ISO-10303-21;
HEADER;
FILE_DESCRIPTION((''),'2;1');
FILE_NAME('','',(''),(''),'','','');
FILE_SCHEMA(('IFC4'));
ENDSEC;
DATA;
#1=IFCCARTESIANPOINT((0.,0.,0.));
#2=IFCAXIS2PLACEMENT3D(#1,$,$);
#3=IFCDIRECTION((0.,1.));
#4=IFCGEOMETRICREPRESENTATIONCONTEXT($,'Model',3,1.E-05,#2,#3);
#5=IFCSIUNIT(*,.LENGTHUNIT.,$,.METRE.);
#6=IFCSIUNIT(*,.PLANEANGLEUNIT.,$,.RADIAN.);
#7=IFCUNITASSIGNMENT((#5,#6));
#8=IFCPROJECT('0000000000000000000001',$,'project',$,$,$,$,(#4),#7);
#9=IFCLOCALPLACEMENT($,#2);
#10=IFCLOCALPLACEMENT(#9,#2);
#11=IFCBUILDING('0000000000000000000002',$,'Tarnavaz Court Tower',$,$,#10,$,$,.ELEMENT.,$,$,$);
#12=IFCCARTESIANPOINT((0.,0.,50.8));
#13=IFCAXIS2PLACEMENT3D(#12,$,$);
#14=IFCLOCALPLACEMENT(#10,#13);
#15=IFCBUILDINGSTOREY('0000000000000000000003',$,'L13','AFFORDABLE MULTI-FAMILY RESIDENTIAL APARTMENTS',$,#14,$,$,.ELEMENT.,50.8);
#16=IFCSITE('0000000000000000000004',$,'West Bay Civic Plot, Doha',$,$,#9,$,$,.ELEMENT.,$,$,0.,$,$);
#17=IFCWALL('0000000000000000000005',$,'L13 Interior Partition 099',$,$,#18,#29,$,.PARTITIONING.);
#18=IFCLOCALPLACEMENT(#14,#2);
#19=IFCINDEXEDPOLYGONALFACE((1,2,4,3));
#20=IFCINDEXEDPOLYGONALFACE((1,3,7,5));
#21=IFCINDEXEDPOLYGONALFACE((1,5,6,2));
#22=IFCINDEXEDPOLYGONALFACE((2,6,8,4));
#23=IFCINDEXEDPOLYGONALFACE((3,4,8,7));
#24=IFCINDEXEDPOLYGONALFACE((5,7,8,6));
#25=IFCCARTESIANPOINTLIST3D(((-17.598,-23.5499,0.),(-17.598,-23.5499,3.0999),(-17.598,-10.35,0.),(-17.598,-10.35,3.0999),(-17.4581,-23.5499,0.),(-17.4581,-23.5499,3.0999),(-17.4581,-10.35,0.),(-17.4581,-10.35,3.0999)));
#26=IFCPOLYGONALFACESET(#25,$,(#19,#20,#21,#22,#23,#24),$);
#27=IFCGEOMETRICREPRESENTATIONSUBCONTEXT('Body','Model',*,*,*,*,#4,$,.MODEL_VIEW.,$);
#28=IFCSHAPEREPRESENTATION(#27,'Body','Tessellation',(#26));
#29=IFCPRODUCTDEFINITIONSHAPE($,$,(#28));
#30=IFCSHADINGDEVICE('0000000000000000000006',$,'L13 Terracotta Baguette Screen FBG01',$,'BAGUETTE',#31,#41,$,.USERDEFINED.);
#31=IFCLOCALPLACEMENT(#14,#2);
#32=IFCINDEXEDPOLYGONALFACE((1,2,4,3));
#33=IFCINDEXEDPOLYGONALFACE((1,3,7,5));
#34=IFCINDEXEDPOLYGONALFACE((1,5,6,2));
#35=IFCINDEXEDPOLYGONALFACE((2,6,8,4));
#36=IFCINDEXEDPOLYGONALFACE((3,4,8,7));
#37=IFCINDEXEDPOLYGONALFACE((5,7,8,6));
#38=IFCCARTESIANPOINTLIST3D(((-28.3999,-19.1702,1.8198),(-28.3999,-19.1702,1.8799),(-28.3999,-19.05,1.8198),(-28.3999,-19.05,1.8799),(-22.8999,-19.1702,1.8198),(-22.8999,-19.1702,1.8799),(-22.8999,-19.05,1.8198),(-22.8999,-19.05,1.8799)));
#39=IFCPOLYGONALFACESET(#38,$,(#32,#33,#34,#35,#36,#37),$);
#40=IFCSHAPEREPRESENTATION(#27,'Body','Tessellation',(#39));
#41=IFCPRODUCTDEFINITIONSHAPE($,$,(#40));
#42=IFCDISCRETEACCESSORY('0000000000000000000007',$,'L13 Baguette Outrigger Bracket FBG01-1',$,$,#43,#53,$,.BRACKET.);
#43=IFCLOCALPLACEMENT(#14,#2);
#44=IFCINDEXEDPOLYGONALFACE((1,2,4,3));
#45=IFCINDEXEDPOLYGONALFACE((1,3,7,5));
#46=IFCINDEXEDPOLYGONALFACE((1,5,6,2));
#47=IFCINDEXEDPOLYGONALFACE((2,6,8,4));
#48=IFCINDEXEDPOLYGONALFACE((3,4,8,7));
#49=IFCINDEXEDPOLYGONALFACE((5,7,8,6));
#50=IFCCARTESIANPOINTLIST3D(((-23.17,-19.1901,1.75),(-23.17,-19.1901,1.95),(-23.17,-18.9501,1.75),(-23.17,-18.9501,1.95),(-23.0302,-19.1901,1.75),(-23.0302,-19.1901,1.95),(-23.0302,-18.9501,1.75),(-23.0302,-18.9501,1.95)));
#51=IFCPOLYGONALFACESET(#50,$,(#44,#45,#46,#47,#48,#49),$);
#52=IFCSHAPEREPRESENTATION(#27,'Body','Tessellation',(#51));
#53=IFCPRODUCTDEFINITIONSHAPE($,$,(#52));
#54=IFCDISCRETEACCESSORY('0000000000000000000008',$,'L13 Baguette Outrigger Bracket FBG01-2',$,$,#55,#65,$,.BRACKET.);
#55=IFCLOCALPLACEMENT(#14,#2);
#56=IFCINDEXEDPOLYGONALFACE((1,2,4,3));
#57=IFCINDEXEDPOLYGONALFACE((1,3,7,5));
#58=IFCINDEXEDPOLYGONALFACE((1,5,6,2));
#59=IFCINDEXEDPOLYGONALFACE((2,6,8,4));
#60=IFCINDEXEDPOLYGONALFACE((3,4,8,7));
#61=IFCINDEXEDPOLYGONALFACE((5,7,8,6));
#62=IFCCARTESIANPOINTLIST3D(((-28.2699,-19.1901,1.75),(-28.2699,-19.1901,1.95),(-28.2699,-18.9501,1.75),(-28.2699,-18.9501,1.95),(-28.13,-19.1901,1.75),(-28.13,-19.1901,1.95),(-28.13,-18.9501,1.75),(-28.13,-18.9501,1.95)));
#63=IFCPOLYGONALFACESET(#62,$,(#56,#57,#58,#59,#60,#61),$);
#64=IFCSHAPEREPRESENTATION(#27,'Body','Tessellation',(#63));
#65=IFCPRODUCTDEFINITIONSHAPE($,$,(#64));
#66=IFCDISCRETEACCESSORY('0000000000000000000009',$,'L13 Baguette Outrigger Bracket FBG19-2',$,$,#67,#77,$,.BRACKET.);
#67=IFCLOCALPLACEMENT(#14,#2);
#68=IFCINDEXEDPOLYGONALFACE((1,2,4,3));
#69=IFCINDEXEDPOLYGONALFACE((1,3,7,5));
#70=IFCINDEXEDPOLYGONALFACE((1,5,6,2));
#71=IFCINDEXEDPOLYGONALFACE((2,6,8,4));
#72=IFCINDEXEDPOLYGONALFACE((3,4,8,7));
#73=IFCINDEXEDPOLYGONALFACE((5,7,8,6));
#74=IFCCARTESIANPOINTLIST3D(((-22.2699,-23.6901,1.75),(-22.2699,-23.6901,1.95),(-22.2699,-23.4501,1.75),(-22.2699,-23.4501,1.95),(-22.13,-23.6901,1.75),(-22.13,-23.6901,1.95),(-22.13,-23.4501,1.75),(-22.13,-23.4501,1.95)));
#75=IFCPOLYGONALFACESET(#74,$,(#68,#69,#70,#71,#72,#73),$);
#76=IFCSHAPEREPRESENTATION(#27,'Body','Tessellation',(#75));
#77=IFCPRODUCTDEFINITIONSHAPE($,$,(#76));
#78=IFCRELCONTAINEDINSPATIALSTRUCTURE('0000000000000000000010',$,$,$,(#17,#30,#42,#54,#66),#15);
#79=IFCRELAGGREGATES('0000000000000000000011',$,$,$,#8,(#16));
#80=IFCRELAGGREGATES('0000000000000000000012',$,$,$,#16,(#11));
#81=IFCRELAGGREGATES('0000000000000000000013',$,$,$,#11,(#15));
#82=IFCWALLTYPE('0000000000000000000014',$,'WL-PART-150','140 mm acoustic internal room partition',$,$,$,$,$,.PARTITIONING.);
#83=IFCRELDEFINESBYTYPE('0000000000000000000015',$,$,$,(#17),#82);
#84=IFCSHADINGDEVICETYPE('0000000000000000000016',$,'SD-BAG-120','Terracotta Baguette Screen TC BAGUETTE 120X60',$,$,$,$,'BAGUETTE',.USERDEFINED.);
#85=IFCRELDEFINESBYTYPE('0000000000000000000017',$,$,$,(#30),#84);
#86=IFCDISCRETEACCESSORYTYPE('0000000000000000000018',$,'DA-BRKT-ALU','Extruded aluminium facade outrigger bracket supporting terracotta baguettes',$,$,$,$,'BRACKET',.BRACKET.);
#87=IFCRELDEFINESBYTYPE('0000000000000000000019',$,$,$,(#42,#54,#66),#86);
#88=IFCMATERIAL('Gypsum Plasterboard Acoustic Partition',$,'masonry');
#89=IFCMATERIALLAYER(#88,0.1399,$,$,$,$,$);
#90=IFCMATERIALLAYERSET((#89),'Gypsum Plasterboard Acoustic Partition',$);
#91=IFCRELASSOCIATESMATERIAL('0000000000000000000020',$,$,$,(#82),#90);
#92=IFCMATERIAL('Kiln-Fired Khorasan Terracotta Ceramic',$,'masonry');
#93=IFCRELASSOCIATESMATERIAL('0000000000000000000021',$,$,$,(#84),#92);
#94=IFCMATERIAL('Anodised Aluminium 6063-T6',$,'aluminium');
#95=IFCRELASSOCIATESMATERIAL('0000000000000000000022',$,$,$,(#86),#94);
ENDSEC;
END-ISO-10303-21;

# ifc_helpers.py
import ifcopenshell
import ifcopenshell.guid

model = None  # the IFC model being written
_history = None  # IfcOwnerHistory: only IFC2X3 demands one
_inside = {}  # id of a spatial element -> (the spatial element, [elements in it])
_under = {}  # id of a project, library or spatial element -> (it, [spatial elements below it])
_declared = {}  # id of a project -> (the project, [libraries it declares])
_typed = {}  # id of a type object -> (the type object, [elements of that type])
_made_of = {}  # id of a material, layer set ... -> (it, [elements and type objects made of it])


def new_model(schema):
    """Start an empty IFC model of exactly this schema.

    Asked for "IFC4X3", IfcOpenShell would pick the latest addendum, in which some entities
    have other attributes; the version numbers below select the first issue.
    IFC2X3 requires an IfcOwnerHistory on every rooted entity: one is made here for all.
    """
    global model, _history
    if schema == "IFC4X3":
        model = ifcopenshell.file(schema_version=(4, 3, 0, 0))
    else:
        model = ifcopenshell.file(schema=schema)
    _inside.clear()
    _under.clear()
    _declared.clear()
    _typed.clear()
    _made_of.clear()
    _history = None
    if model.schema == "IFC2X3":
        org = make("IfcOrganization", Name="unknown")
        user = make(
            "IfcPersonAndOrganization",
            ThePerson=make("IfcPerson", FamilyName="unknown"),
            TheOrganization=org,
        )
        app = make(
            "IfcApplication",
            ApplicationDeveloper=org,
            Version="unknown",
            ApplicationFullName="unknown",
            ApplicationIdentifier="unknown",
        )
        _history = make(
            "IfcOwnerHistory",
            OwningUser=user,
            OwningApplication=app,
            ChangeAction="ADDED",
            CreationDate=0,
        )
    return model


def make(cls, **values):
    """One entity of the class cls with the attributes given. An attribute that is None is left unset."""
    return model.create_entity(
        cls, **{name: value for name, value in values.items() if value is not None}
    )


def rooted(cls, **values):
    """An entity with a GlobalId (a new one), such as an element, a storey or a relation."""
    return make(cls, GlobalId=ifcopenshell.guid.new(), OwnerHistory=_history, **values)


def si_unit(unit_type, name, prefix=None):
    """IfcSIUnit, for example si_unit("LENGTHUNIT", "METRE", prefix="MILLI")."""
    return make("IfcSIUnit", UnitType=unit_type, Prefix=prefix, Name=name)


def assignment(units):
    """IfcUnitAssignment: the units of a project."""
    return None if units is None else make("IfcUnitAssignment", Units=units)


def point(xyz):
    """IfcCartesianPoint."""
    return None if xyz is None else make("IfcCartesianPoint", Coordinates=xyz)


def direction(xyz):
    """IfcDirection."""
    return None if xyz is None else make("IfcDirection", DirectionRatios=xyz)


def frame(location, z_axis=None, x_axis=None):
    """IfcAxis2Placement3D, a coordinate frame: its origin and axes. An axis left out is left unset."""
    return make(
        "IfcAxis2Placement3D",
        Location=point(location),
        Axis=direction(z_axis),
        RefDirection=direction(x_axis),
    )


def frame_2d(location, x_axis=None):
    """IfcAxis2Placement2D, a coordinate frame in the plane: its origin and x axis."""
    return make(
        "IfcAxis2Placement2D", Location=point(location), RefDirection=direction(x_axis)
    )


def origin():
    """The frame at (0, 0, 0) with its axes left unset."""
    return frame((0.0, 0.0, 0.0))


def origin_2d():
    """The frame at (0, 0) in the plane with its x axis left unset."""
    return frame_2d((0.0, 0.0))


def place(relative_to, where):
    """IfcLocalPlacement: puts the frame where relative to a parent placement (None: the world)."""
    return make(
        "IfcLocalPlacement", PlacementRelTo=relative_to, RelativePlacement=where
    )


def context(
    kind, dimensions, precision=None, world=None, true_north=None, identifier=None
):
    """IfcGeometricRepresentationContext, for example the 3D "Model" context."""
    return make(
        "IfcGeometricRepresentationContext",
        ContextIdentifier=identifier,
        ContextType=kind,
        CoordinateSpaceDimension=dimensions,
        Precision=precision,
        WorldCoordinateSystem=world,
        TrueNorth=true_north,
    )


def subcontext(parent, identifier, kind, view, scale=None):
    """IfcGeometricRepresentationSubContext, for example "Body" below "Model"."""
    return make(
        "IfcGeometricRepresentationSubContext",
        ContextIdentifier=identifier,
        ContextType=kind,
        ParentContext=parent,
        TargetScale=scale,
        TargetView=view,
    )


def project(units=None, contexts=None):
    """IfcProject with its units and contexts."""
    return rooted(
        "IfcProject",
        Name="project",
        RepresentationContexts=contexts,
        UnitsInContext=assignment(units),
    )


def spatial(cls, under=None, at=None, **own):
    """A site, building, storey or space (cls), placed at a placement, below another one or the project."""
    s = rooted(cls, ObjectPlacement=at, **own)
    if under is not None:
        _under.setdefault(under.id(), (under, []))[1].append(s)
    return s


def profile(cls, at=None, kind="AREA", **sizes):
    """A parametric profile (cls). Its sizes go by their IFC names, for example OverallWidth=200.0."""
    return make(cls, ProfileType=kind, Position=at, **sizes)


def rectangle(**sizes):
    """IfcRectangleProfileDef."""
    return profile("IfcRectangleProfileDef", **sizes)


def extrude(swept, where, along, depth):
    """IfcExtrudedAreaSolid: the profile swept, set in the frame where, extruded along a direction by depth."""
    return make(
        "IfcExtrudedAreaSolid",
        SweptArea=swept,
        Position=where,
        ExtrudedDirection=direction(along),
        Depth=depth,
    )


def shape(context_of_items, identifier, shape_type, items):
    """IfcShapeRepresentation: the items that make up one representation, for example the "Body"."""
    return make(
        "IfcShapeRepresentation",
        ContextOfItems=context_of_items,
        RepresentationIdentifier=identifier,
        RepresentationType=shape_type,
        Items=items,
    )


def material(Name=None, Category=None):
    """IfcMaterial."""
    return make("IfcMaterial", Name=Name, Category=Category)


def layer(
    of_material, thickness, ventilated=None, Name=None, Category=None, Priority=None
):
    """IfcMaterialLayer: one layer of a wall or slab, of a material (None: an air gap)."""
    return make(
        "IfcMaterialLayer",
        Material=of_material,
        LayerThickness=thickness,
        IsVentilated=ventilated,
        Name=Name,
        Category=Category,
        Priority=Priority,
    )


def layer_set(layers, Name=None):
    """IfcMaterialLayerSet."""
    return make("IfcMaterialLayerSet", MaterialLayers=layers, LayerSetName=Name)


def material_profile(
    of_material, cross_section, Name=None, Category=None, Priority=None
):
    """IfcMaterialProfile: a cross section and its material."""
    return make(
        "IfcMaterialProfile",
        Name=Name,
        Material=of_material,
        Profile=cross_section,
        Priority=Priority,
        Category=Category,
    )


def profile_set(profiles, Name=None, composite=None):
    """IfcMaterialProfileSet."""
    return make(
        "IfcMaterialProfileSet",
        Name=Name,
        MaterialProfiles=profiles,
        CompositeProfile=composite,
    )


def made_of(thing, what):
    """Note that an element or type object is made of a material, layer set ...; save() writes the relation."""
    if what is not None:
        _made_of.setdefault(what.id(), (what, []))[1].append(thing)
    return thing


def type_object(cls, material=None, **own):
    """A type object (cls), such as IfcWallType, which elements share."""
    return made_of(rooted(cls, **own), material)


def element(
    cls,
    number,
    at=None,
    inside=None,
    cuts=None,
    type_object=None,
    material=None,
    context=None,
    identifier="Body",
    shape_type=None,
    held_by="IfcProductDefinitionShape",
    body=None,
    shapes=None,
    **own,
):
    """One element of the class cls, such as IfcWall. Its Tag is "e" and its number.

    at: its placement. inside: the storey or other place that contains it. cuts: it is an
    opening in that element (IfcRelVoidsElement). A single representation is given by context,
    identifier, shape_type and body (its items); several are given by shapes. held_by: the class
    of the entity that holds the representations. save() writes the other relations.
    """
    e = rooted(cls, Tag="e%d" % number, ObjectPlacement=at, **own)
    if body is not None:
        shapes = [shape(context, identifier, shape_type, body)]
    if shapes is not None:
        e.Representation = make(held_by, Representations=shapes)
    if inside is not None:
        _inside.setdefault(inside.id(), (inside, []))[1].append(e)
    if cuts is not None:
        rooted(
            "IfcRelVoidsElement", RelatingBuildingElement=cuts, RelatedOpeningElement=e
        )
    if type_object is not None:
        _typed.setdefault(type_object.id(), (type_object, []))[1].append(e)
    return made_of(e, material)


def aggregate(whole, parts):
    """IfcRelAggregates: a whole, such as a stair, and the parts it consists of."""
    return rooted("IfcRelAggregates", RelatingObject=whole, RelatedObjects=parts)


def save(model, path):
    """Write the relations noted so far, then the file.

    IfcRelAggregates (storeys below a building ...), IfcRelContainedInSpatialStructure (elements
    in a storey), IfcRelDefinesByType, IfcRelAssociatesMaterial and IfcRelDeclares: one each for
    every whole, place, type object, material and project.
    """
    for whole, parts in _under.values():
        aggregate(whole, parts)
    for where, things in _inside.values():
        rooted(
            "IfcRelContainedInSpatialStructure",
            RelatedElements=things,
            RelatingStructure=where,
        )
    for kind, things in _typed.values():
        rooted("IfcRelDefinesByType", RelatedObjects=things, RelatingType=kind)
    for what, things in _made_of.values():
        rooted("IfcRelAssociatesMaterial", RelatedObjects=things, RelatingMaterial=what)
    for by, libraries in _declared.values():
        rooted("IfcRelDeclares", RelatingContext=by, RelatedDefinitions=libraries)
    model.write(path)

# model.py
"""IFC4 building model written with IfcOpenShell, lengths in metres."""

from ifc_helpers import new_model, si_unit, direction, frame, frame_2d, origin, origin_2d, place, context, subcontext, project, spatial, rectangle, extrude, material, layer, layer_set, material_profile, profile_set, type_object, element, save


model = new_model("IFC4")

# Units and contexts
model_context = context("Model", 3, precision=1e-05, world=origin(), true_north=direction((0.0, 1.0)))
body_context = subcontext(model_context, "Body", "Model", "MODEL_VIEW")
ifc_project = project(units=[si_unit("LENGTHUNIT", "METRE"), si_unit("PLANEANGLEUNIT", "RADIAN")], contexts=[model_context])

# Site, building, storey
site_placement = place(None, origin())
site = spatial("IfcSite", under=ifc_project, at=site_placement, Name="West Bay Civic Plot, Doha", CompositionType="ELEMENT", RefElevation=0.0)
building_placement = place(site_placement, origin())
building = spatial("IfcBuilding", under=site, at=building_placement, Name="Tarnavaz Court Tower", CompositionType="ELEMENT")
storey_placement = place(building_placement, frame((0.0, 0.0, 50.8)))
storey = spatial("IfcBuildingStorey", under=building, at=storey_placement, Name="L13", Description="AFFORDABLE MULTI-FAMILY RESIDENTIAL APARTMENTS", CompositionType="ELEMENT", Elevation=50.8)

# Wall
ifc_material_1 = material(Name="Gypsum Plasterboard Acoustic Partition", Category="masonry")
ifc_layer_1 = layer(ifc_material_1, 0.1399)
ifc_layer_set_1 = layer_set([ifc_layer_1], Name="Gypsum Plasterboard Acoustic Partition")
wall_type_1 = type_object("IfcWallType", Name="WL-PART-150", Description="140 mm acoustic internal room partition", PredefinedType="PARTITIONING", material=ifc_layer_set_1)
wall_1_placement = place(storey_placement, frame((-17.5281, -23.55, 0.0), z_axis=(0.0, 0.0, 1.0), x_axis=(0.0, 1.0, 0.0)))
element("IfcWall", 1, at=wall_1_placement, inside=storey, type_object=wall_type_1, Name="L13 Interior Partition 099", PredefinedType="PARTITIONING", context=body_context, shape_type="SweptSolid", body=[
    extrude(rectangle(XDim=13.2, YDim=0.1399, at=frame_2d((6.6001, 0.0))), origin(), (0.0, 0.0, 1.0), 3.0999),
])

# Shading device
ifc_material_2 = material(Name="Kiln-Fired Khorasan Terracotta Ceramic", Category="masonry")
ifc_material_profile_1 = material_profile(ifc_material_2, rectangle(XDim=0.1201, YDim=0.0601, at=origin_2d()), Name="TC BAGUETTE 120X60")
ifc_profile_set_1 = profile_set([ifc_material_profile_1], Name="Kiln-Fired Khorasan Terracotta Ceramic")
shading_device_type = type_object("IfcShadingDeviceType", Name="SD-BAG-120", Description="Terracotta Baguette Screen TC BAGUETTE 120X60", ElementType="BAGUETTE", PredefinedType="USERDEFINED", material=ifc_profile_set_1)
shading_device_placement = place(storey_placement, frame((-22.8999, -19.1101, 1.8499), z_axis=(-1.0, 0.0, 0.0), x_axis=(0.0, -1.0, 0.0)))
element("IfcShadingDevice", 2, at=shading_device_placement, inside=storey, type_object=shading_device_type, Name="L13 Terracotta Baguette Screen FBG01", ObjectType="BAGUETTE", PredefinedType="USERDEFINED", context=body_context, shape_type="SweptSolid", body=[
    extrude(rectangle(XDim=0.1201, YDim=0.0601, at=origin_2d()), origin(), (0.0, 0.0, 1.0), 5.5),
])

# Discrete accessories
ifc_material_3 = material(Name="Anodised Aluminium 6063-T6", Category="aluminium")
discrete_accessory_type = type_object("IfcDiscreteAccessoryType", Name="DA-BRKT-ALU", Description="Extruded aluminium facade outrigger bracket supporting terracotta baguettes", ElementType="BRACKET", PredefinedType="BRACKET", material=ifc_material_3)
for number, where, z_axis, x_axis, name in (
    (3, (-23.1001, -19.0701, 1.75), (0.0, 0.0, 1.0), (-1.0, 0.0, 0.0), "L13 Baguette Outrigger Bracket FBG01-1"),
    (4, (-28.2, -19.0701, 1.75), (0.0, 0.0, 1.0), (-1.0, 0.0, 0.0), "L13 Baguette Outrigger Bracket FBG01-2"),
    (5, (-22.2, -23.5701, 1.75), (0.0, 0.0, 1.0), (-1.0, 0.0, 0.0), "L13 Baguette Outrigger Bracket FBG19-2"),
):
    element("IfcDiscreteAccessory", number, at=place(storey_placement, frame(where, z_axis=z_axis, x_axis=x_axis)), inside=storey, type_object=discrete_accessory_type, Name=name, PredefinedType="BRACKET", context=body_context, shape_type="SweptSolid", body=[
        extrude(rectangle(XDim=0.1399, YDim=0.24, at=origin_2d()), origin(), (0.0, 0.0, 1.0), 0.2),
    ])

save(model, "model.ifc")
